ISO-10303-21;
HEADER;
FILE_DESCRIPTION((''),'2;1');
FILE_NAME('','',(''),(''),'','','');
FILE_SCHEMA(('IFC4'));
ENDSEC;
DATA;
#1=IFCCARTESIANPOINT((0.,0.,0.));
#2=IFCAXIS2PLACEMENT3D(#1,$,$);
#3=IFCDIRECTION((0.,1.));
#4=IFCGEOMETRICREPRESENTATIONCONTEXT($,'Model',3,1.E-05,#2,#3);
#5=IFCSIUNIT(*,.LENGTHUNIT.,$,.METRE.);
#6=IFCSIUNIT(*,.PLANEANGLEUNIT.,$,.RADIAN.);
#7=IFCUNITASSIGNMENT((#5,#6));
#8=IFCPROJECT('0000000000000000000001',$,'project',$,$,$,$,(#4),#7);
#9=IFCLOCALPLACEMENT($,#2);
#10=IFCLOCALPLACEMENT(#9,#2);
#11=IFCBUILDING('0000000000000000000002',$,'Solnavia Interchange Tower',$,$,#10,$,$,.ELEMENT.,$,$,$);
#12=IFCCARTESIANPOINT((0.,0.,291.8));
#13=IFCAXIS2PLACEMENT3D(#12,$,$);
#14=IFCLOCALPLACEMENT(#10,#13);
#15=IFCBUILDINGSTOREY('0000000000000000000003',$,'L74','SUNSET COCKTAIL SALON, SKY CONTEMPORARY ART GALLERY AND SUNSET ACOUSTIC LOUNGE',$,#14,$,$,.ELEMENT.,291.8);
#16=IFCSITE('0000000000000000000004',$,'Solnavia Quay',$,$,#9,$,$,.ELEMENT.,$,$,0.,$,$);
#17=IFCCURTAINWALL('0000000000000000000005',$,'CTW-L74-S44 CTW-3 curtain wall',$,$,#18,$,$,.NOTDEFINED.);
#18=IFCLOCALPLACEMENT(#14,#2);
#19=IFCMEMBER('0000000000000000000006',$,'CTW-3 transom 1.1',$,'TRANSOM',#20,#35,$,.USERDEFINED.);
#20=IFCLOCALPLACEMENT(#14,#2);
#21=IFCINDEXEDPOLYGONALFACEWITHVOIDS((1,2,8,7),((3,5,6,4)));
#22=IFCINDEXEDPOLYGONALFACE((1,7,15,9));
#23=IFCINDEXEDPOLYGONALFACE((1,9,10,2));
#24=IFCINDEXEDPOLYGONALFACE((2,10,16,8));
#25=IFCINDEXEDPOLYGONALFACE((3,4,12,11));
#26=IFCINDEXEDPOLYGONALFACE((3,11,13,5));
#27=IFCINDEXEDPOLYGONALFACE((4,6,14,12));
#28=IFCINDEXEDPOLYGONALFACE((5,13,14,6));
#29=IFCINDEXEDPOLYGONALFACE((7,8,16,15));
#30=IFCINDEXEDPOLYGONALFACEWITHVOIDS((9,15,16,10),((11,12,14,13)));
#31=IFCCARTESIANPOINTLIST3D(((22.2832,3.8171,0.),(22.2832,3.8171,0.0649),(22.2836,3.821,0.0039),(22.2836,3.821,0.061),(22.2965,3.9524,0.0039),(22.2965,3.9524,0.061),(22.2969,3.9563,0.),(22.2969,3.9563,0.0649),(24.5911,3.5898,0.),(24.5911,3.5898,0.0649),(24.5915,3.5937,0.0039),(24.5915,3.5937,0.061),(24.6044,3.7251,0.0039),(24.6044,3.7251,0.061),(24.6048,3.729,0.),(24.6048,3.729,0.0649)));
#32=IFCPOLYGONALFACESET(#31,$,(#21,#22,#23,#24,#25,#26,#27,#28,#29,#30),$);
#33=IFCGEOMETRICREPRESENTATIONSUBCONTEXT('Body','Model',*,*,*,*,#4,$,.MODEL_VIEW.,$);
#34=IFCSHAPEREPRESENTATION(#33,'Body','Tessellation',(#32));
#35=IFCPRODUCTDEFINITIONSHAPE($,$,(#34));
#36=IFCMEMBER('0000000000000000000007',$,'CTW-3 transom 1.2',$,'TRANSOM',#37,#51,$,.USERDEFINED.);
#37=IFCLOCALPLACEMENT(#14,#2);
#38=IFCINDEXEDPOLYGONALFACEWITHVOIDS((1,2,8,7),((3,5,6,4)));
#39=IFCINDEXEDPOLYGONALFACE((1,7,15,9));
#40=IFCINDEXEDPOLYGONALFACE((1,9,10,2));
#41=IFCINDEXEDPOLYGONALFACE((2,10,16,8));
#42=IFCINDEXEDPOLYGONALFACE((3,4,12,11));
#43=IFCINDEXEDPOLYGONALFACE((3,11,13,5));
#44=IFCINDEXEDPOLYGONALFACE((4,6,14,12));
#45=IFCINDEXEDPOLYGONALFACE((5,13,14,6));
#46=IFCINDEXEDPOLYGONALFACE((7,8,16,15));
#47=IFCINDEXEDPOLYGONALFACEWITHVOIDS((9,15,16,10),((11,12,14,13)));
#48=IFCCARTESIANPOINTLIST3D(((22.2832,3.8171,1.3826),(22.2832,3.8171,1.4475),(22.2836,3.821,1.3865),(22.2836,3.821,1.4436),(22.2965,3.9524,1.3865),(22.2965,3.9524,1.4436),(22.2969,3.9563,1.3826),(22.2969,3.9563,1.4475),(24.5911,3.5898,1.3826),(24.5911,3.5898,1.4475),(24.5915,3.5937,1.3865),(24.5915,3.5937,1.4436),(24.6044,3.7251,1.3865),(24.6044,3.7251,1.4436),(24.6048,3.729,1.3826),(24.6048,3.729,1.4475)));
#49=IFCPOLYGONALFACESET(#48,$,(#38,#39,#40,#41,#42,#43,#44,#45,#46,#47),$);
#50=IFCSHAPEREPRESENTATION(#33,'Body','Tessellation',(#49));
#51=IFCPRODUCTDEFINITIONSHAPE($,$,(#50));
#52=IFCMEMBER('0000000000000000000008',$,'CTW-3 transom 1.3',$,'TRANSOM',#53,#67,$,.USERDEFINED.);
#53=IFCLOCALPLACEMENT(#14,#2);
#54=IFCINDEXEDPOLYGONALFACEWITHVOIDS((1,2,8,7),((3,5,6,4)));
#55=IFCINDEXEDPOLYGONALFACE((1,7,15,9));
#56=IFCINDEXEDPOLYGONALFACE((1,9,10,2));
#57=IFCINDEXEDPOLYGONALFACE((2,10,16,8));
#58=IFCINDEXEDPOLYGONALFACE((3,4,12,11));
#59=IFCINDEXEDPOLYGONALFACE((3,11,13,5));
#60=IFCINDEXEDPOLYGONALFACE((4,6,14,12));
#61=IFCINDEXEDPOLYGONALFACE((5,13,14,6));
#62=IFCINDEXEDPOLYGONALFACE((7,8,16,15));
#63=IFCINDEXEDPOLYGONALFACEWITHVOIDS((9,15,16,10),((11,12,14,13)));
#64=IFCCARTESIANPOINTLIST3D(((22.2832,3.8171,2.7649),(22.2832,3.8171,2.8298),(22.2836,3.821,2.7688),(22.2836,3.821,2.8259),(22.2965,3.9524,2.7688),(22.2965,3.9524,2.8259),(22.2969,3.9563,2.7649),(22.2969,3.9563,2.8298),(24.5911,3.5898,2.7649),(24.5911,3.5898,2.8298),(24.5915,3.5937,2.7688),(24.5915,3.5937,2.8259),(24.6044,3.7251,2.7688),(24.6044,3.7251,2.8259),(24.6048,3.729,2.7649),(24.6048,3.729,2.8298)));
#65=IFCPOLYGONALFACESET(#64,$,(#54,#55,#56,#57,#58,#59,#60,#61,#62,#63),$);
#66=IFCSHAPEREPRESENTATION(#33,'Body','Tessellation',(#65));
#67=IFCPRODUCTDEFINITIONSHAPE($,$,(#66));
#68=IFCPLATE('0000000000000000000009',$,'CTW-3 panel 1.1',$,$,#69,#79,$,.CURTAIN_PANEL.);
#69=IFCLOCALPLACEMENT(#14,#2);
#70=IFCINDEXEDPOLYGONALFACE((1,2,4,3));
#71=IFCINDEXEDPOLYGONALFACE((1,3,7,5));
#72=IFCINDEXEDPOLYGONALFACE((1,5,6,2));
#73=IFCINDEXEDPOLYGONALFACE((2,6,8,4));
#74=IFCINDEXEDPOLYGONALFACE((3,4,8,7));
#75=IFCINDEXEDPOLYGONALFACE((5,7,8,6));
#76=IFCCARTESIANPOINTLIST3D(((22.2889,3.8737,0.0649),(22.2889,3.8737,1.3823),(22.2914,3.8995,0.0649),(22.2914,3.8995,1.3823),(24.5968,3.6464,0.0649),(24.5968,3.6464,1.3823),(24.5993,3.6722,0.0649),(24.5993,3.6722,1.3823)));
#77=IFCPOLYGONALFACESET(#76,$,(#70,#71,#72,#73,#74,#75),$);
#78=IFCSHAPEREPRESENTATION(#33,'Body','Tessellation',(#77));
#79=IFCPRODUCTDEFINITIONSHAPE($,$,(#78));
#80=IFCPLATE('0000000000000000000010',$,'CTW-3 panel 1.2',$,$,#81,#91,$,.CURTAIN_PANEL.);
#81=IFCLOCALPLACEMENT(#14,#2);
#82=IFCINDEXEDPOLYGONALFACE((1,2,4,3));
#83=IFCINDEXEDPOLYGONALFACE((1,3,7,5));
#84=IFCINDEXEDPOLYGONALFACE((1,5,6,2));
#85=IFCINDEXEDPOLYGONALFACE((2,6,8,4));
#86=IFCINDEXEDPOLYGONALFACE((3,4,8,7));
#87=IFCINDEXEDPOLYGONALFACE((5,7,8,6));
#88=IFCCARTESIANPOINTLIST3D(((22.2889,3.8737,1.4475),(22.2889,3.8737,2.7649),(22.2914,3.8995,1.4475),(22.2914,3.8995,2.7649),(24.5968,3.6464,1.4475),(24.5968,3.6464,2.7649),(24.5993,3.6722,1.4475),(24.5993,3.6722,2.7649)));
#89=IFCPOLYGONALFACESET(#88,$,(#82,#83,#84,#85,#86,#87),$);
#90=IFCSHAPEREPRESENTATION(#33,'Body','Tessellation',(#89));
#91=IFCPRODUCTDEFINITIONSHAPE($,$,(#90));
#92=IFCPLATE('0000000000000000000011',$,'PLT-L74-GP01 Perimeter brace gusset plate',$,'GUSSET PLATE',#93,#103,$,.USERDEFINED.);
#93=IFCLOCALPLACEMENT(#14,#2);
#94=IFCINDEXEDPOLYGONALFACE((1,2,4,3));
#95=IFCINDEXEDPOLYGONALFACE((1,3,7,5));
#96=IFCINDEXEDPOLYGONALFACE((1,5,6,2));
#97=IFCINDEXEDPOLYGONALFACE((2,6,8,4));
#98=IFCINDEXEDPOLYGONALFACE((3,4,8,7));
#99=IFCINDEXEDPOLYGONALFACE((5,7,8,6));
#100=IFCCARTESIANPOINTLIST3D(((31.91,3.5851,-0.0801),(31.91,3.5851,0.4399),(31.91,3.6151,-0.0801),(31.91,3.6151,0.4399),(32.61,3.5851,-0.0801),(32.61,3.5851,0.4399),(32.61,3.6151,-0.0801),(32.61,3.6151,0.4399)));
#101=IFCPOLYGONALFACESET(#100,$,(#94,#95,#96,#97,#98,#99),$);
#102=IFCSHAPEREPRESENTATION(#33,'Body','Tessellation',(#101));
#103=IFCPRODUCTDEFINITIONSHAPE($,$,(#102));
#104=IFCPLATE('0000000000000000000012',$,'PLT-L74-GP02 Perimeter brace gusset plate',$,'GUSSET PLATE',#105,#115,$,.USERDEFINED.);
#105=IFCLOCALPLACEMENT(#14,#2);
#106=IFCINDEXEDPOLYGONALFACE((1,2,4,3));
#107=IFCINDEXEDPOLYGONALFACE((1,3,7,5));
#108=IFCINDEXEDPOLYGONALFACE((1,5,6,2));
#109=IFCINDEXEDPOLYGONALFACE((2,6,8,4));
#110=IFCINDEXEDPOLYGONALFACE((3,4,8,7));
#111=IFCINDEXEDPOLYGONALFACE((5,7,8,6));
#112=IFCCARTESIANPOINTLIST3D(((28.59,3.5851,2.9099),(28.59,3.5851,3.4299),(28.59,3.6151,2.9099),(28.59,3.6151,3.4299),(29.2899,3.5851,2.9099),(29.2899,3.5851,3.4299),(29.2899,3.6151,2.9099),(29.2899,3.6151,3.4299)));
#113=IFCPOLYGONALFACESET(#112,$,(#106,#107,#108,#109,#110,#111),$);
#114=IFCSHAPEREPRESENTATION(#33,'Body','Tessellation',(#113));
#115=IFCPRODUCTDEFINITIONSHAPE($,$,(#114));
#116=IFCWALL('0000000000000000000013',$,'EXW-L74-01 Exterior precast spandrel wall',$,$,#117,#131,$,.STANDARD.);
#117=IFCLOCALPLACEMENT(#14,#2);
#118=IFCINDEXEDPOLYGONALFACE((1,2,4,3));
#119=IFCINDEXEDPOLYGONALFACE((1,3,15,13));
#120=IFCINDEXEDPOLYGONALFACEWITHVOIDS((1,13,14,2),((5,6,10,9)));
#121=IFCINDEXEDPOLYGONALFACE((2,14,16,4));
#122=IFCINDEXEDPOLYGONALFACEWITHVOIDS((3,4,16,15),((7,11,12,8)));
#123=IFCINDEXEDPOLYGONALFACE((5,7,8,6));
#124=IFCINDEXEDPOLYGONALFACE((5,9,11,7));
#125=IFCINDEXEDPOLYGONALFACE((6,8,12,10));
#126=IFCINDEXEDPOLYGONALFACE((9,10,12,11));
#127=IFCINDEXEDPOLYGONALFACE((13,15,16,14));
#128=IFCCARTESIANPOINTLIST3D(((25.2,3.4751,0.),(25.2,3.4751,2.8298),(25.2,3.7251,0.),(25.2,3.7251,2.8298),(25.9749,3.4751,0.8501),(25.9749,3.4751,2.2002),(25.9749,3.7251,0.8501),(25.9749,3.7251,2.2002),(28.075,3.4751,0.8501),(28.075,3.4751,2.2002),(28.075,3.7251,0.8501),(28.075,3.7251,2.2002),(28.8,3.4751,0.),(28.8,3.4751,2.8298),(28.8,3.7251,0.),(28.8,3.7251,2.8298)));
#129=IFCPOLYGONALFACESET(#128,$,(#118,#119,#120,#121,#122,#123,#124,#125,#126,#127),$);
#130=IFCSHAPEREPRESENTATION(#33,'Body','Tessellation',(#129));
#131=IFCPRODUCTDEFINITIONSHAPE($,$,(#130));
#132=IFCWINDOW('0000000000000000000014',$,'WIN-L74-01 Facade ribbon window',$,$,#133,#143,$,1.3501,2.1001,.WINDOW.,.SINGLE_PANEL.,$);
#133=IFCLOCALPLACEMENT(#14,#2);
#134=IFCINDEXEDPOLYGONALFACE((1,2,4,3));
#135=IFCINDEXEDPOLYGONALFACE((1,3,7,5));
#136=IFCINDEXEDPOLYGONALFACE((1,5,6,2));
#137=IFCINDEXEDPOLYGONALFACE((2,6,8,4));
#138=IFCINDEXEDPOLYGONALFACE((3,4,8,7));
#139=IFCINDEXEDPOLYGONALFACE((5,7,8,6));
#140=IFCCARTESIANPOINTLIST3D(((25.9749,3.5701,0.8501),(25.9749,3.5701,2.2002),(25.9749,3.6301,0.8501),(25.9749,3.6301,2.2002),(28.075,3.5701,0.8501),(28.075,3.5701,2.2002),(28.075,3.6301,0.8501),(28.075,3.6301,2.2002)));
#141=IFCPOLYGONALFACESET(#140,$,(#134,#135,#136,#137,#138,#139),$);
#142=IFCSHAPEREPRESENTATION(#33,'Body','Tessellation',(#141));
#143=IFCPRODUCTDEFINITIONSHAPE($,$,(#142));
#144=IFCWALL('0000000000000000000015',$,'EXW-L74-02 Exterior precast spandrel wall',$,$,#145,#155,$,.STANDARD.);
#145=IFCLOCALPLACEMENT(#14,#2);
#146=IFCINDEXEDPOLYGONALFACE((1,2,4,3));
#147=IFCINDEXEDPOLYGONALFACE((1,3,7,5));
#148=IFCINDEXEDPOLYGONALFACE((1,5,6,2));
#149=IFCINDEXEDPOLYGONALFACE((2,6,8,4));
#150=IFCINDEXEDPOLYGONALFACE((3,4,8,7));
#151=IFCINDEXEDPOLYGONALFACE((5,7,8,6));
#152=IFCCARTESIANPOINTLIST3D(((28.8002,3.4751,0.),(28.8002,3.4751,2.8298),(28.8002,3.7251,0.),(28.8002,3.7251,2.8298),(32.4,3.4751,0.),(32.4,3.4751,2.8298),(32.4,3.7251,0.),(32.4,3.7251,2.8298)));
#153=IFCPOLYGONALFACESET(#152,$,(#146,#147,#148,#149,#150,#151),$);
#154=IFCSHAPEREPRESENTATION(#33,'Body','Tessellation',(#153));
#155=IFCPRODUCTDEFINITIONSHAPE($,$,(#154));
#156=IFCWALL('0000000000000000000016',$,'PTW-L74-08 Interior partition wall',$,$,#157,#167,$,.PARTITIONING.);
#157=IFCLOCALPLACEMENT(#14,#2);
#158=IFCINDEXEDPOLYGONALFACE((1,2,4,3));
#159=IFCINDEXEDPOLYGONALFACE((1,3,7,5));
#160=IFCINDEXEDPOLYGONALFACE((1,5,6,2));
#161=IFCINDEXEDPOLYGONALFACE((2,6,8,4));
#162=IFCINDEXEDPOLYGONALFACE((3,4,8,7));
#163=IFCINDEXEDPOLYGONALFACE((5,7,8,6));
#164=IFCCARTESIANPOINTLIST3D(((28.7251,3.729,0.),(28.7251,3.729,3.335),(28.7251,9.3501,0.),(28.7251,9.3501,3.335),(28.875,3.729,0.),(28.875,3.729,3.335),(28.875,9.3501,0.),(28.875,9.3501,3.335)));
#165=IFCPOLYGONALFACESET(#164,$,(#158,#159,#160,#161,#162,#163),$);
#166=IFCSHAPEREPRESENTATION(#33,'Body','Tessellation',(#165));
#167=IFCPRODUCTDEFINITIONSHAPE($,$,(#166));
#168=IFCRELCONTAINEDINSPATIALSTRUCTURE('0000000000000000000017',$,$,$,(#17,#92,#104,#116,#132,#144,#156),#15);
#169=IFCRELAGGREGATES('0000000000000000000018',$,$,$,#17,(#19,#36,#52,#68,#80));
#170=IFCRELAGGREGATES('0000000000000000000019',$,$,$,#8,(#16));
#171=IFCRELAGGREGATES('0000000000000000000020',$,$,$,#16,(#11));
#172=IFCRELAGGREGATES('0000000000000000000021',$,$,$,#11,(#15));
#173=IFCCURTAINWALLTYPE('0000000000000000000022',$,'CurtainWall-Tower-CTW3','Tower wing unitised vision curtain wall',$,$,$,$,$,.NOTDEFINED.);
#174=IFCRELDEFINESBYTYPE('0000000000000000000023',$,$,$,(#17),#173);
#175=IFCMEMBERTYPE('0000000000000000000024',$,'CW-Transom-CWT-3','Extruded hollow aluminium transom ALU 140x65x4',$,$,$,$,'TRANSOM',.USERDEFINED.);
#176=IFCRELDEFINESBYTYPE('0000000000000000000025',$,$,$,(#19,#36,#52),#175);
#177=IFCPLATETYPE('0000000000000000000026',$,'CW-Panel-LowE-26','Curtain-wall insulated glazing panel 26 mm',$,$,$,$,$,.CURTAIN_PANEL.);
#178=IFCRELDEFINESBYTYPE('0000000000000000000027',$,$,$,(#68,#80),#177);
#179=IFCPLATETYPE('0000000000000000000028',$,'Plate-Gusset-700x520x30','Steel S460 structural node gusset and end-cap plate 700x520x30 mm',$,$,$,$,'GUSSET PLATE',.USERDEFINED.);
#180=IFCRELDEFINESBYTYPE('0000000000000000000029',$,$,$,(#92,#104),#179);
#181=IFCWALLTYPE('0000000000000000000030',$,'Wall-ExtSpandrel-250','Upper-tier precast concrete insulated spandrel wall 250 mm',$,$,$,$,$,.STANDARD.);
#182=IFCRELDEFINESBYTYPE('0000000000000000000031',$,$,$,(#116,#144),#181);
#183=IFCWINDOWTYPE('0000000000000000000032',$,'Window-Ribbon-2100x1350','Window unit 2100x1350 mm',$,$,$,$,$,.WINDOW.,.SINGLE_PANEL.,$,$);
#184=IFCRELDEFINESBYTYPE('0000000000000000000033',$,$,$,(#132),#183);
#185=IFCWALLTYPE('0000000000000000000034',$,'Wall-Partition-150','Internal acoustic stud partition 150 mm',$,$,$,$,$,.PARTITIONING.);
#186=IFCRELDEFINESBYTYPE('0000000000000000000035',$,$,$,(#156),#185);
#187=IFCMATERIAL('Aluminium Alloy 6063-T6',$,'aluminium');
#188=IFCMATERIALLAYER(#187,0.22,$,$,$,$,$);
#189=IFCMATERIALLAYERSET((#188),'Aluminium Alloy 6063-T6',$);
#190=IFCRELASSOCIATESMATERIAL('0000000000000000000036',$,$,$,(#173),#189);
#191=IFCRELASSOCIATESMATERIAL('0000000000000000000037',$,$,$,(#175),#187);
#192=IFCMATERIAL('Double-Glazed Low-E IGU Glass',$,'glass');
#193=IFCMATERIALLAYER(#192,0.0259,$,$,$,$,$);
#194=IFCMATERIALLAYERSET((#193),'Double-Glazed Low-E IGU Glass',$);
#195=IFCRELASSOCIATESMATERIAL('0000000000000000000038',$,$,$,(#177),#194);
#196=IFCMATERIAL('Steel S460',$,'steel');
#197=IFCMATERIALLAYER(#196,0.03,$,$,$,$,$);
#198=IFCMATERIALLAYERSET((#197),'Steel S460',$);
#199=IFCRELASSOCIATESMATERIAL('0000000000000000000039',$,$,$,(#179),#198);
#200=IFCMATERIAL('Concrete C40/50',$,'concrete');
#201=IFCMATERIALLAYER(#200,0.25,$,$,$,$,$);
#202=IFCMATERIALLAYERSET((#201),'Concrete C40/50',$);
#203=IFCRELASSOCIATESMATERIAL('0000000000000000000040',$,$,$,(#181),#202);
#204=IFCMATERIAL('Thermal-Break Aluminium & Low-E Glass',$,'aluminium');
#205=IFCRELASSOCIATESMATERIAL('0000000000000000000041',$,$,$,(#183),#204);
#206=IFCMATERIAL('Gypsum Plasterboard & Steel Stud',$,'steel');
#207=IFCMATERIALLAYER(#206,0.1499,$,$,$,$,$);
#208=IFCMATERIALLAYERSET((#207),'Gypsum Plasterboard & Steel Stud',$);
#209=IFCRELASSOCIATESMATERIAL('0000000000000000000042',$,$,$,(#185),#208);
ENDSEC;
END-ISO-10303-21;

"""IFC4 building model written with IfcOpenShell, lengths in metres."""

from ifc_helpers import new_model, si_unit, direction, frame, frame_2d, origin, origin_2d, place, context, subcontext, project, spatial, rectangle, hollow_rectangle, extrude, material, layer, layer_set, material_profile, profile_set, type_object, element, fill, aggregate, save


model = new_model("IFC4")

# Units and contexts
model_context = context("Model", 3, precision=1e-05, world=origin(), true_north=direction((0.0, 1.0)))
body_context = subcontext(model_context, "Body", "Model", "MODEL_VIEW")
ifc_project = project(units=[si_unit("LENGTHUNIT", "METRE"), si_unit("PLANEANGLEUNIT", "RADIAN")], contexts=[model_context])

# Site, building, storey
site_placement = place(None, origin())
site = spatial("IfcSite", under=ifc_project, at=site_placement, Name="Solnavia Quay", CompositionType="ELEMENT", RefElevation=0.0)
building_placement = place(site_placement, origin())
building = spatial("IfcBuilding", under=site, at=building_placement, Name="Solnavia Interchange Tower", CompositionType="ELEMENT")
storey_placement = place(building_placement, frame((0.0, 0.0, 291.8)))
storey = spatial("IfcBuildingStorey", under=building, at=storey_placement, Name="L74", Description="SUNSET COCKTAIL SALON, SKY CONTEMPORARY ART GALLERY AND SUNSET ACOUSTIC LOUNGE", CompositionType="ELEMENT", Elevation=291.8)

# Shared definitions
ifc_material_1 = material(Name="Steel S460", Category="steel")

# Curtain wall, members, plates
ifc_material_2 = material(Name="Aluminium Alloy 6063-T6", Category="aluminium")
ifc_layer_1 = layer(ifc_material_2, 0.22)
ifc_layer_set_1 = layer_set([ifc_layer_1], Name="Aluminium Alloy 6063-T6")
curtain_wall_type = type_object("IfcCurtainWallType", Name="CurtainWall-Tower-CTW3", Description="Tower wing unitised vision curtain wall", PredefinedType="NOTDEFINED", material=ifc_layer_set_1)
curtain_wall_placement = place(storey_placement, origin())
curtain_wall = element("IfcCurtainWall", 1, at=curtain_wall_placement, inside=storey, type_object=curtain_wall_type, Name="CTW-L74-S44 CTW-3 curtain wall", PredefinedType="NOTDEFINED")
ifc_material_profile_1 = material_profile(ifc_material_2, hollow_rectangle(XDim=0.0649, YDim=0.1399, WallThickness=0.0039, at=origin_2d()), Name="ALU 140x65x4")
ifc_profile_set_1 = profile_set([ifc_material_profile_1], Name="Aluminium Alloy 6063-T6")
member_type_1 = type_object("IfcMemberType", Name="CW-Transom-CWT-3", Description="Extruded hollow aluminium transom ALU 140x65x4", ElementType="TRANSOM", PredefinedType="USERDEFINED", material=ifc_profile_set_1)
member_1_placement = place(storey_placement, frame((22.29, 3.8867, 0.0325), z_axis=(0.995185, -0.098013, 0.0), x_axis=(0.0, 0.0, 1.0)))
member_1 = element("IfcMember", 2, at=member_1_placement, type_object=member_type_1, Name="CTW-3 transom 1.1", ObjectType="TRANSOM", PredefinedType="USERDEFINED", context=body_context, shape_type="SweptSolid", body=[
    extrude(hollow_rectangle(XDim=0.0649, YDim=0.1399, WallThickness=0.0039, at=origin_2d()), origin(), (0.0, 0.0, 1.0), 2.3191),
])
member_2_placement = place(storey_placement, frame((22.29, 3.8867, 1.415), z_axis=(0.995185, -0.098013, 0.0), x_axis=(0.0, 0.0, 1.0)))
member_2 = element("IfcMember", 3, at=member_2_placement, type_object=member_type_1, Name="CTW-3 transom 1.2", ObjectType="TRANSOM", PredefinedType="USERDEFINED", context=body_context, shape_type="SweptSolid", body=[
    extrude(hollow_rectangle(XDim=0.0649, YDim=0.1399, WallThickness=0.0039, at=origin_2d()), origin(), (0.0, 0.0, 1.0), 2.3191),
])
member_3_placement = place(storey_placement, frame((22.29, 3.8867, 2.7974), z_axis=(0.995185, -0.098013, 0.0), x_axis=(0.0, 0.0, 1.0)))
member_3 = element("IfcMember", 4, at=member_3_placement, type_object=member_type_1, Name="CTW-3 transom 1.3", ObjectType="TRANSOM", PredefinedType="USERDEFINED", context=body_context, shape_type="SweptSolid", body=[
    extrude(hollow_rectangle(XDim=0.0649, YDim=0.1399, WallThickness=0.0039, at=origin_2d()), origin(), (0.0, 0.0, 1.0), 2.3191),
])
ifc_material_3 = material(Name="Double-Glazed Low-E IGU Glass", Category="glass")
ifc_layer_2 = layer(ifc_material_3, 0.0259)
ifc_layer_set_2 = layer_set([ifc_layer_2], Name="Double-Glazed Low-E IGU Glass")
plate_type_1 = type_object("IfcPlateType", Name="CW-Panel-LowE-26", Description="Curtain-wall insulated glazing panel 26 mm", PredefinedType="CURTAIN_PANEL", material=ifc_layer_set_2)
plate_1_placement = place(storey_placement, frame((23.4441, 3.7729, 0.0649), z_axis=(0.0, 0.0, 1.0), x_axis=(0.995186, -0.098006, 0.0)))
plate_1 = element("IfcPlate", 5, at=plate_1_placement, type_object=plate_type_1, Name="CTW-3 panel 1.1", PredefinedType="CURTAIN_PANEL", context=body_context, shape_type="SweptSolid", body=[
    extrude(rectangle(XDim=2.3191, YDim=0.0259, at=origin_2d()), origin(), (0.0, 0.0, 1.0), 1.3174),
])
plate_2_placement = place(storey_placement, frame((23.4441, 3.7729, 1.4475), z_axis=(0.0, 0.0, 1.0), x_axis=(0.995186, -0.098006, 0.0)))
plate_2 = element("IfcPlate", 6, at=plate_2_placement, type_object=plate_type_1, Name="CTW-3 panel 1.2", PredefinedType="CURTAIN_PANEL", context=body_context, shape_type="SweptSolid", body=[
    extrude(rectangle(XDim=2.3191, YDim=0.0259, at=origin_2d()), origin(), (0.0, 0.0, 1.0), 1.3174),
])
aggregate(curtain_wall, [member_1, member_2, member_3, plate_1, plate_2])

# Plates
ifc_layer_3 = layer(ifc_material_1, 0.03)
ifc_layer_set_3 = layer_set([ifc_layer_3], Name="Steel S460")
plate_type_2 = type_object("IfcPlateType", Name="Plate-Gusset-700x520x30", Description="Steel S460 structural node gusset and end-cap plate 700x520x30 mm", ElementType="GUSSET PLATE", PredefinedType="USERDEFINED", material=ifc_layer_set_3)
for number, where, z_axis, x_axis, name in (
    (7, (32.26, 3.6001, -0.0801), (0.0, 0.0, 1.0), (-1.0, 0.0, 0.0), "PLT-L74-GP01 Perimeter brace gusset plate"),
    (8, (28.9399, 3.6001, 2.9099), (0.0, 0.0, 1.0), (-1.0, 0.0, 0.0), "PLT-L74-GP02 Perimeter brace gusset plate"),
):
    element("IfcPlate", number, at=place(storey_placement, frame(where, z_axis=z_axis, x_axis=x_axis)), inside=storey, type_object=plate_type_2, Name=name, ObjectType="GUSSET PLATE", PredefinedType="USERDEFINED", context=body_context, shape_type="SweptSolid", body=[
        extrude(rectangle(XDim=0.7, YDim=0.03, at=origin_2d()), origin(), (0.0, 0.0, 1.0), 0.52),
    ])

# Wall, opening, window
ifc_material_4 = material(Name="Concrete C40/50", Category="concrete")
ifc_layer_4 = layer(ifc_material_4, 0.25)
ifc_layer_set_4 = layer_set([ifc_layer_4], Name="Concrete C40/50")
wall_type_1 = type_object("IfcWallType", Name="Wall-ExtSpandrel-250", Description="Upper-tier precast concrete insulated spandrel wall 250 mm", PredefinedType="STANDARD", material=ifc_layer_set_4)
wall_1_placement = place(storey_placement, frame((28.8, 3.6001, 0.0), z_axis=(0.0, 0.0, 1.0), x_axis=(-1.0, 0.0, 0.0)))
wall_1 = element("IfcWall", 9, at=wall_1_placement, inside=storey, type_object=wall_type_1, Name="EXW-L74-01 Exterior precast spandrel wall", PredefinedType="STANDARD", context=body_context, shape_type="SweptSolid", body=[
    extrude(rectangle(XDim=3.6001, YDim=0.25, at=frame_2d((1.8, 0.0))), origin(), (0.0, 0.0, 1.0), 2.8298),
])
opening_placement = place(wall_1_placement, frame((0.7251, 0.0, 0.8501)))
opening = element("IfcOpeningElement", 10, at=opening_placement, cuts=wall_1, PredefinedType="OPENING", context=body_context, shape_type="SweptSolid", body=[
    extrude(rectangle(XDim=2.1001, YDim=1.3501, at=frame_2d((1.05, 0.675))), frame((0.0, 0.135, 0.0), z_axis=(0.0, -1.0, 0.0), x_axis=(1.0, 0.0, 0.0)), (0.0, 0.0, 1.0), 0.27),
])
ifc_material_5 = material(Name="Thermal-Break Aluminium & Low-E Glass", Category="aluminium")
window_type = type_object("IfcWindowType", Name="Window-Ribbon-2100x1350", Description="Window unit 2100x1350 mm", PartitioningType="SINGLE_PANEL", PredefinedType="WINDOW", material=ifc_material_5)
window_placement = place(opening_placement, origin())
window = element("IfcWindow", 11, at=window_placement, inside=storey, type_object=window_type, Name="WIN-L74-01 Facade ribbon window", OverallHeight=1.3501, OverallWidth=2.1001, PartitioningType="SINGLE_PANEL", PredefinedType="WINDOW", context=body_context, shape_type="SweptSolid", body=[
    extrude(rectangle(XDim=2.1001, YDim=1.3501, at=frame_2d((1.05, 0.675))), frame((0.0, 0.03, 0.0), z_axis=(0.0, -1.0, 0.0), x_axis=(1.0, 0.0, 0.0)), (0.0, 0.0, 1.0), 0.0601),
])
fill(opening, window)

# Walls
wall_2_placement = place(storey_placement, frame((32.3999, 3.6001, 0.0), z_axis=(0.0, 0.0, 1.0), x_axis=(-1.0, 0.0, 0.0)))
element("IfcWall", 12, at=wall_2_placement, inside=storey, type_object=wall_type_1, Name="EXW-L74-02 Exterior precast spandrel wall", PredefinedType="STANDARD", context=body_context, shape_type="SweptSolid", body=[
    extrude(rectangle(XDim=3.5999, YDim=0.25, at=frame_2d((1.7998, 0.0))), origin(), (0.0, 0.0, 1.0), 2.8298),
])
ifc_material_6 = material(Name="Gypsum Plasterboard & Steel Stud", Category="steel")
ifc_layer_5 = layer(ifc_material_6, 0.1499)
ifc_layer_set_5 = layer_set([ifc_layer_5], Name="Gypsum Plasterboard & Steel Stud")
wall_type_2 = type_object("IfcWallType", Name="Wall-Partition-150", Description="Internal acoustic stud partition 150 mm", PredefinedType="PARTITIONING", material=ifc_layer_set_5)
wall_3_placement = place(storey_placement, frame((28.8, 9.3501, 0.0), z_axis=(0.0, 0.0, 1.0), x_axis=(0.0, -1.0, 0.0)))
element("IfcWall", 13, at=wall_3_placement, inside=storey, type_object=wall_type_2, Name="PTW-L74-08 Interior partition wall", PredefinedType="PARTITIONING", context=body_context, shape_type="SweptSolid", body=[
    extrude(rectangle(XDim=5.6211, YDim=0.1499, at=frame_2d((2.8105, 0.0))), origin(), (0.0, 0.0, 1.0), 3.335),
])

save(model, "model.ifc")
